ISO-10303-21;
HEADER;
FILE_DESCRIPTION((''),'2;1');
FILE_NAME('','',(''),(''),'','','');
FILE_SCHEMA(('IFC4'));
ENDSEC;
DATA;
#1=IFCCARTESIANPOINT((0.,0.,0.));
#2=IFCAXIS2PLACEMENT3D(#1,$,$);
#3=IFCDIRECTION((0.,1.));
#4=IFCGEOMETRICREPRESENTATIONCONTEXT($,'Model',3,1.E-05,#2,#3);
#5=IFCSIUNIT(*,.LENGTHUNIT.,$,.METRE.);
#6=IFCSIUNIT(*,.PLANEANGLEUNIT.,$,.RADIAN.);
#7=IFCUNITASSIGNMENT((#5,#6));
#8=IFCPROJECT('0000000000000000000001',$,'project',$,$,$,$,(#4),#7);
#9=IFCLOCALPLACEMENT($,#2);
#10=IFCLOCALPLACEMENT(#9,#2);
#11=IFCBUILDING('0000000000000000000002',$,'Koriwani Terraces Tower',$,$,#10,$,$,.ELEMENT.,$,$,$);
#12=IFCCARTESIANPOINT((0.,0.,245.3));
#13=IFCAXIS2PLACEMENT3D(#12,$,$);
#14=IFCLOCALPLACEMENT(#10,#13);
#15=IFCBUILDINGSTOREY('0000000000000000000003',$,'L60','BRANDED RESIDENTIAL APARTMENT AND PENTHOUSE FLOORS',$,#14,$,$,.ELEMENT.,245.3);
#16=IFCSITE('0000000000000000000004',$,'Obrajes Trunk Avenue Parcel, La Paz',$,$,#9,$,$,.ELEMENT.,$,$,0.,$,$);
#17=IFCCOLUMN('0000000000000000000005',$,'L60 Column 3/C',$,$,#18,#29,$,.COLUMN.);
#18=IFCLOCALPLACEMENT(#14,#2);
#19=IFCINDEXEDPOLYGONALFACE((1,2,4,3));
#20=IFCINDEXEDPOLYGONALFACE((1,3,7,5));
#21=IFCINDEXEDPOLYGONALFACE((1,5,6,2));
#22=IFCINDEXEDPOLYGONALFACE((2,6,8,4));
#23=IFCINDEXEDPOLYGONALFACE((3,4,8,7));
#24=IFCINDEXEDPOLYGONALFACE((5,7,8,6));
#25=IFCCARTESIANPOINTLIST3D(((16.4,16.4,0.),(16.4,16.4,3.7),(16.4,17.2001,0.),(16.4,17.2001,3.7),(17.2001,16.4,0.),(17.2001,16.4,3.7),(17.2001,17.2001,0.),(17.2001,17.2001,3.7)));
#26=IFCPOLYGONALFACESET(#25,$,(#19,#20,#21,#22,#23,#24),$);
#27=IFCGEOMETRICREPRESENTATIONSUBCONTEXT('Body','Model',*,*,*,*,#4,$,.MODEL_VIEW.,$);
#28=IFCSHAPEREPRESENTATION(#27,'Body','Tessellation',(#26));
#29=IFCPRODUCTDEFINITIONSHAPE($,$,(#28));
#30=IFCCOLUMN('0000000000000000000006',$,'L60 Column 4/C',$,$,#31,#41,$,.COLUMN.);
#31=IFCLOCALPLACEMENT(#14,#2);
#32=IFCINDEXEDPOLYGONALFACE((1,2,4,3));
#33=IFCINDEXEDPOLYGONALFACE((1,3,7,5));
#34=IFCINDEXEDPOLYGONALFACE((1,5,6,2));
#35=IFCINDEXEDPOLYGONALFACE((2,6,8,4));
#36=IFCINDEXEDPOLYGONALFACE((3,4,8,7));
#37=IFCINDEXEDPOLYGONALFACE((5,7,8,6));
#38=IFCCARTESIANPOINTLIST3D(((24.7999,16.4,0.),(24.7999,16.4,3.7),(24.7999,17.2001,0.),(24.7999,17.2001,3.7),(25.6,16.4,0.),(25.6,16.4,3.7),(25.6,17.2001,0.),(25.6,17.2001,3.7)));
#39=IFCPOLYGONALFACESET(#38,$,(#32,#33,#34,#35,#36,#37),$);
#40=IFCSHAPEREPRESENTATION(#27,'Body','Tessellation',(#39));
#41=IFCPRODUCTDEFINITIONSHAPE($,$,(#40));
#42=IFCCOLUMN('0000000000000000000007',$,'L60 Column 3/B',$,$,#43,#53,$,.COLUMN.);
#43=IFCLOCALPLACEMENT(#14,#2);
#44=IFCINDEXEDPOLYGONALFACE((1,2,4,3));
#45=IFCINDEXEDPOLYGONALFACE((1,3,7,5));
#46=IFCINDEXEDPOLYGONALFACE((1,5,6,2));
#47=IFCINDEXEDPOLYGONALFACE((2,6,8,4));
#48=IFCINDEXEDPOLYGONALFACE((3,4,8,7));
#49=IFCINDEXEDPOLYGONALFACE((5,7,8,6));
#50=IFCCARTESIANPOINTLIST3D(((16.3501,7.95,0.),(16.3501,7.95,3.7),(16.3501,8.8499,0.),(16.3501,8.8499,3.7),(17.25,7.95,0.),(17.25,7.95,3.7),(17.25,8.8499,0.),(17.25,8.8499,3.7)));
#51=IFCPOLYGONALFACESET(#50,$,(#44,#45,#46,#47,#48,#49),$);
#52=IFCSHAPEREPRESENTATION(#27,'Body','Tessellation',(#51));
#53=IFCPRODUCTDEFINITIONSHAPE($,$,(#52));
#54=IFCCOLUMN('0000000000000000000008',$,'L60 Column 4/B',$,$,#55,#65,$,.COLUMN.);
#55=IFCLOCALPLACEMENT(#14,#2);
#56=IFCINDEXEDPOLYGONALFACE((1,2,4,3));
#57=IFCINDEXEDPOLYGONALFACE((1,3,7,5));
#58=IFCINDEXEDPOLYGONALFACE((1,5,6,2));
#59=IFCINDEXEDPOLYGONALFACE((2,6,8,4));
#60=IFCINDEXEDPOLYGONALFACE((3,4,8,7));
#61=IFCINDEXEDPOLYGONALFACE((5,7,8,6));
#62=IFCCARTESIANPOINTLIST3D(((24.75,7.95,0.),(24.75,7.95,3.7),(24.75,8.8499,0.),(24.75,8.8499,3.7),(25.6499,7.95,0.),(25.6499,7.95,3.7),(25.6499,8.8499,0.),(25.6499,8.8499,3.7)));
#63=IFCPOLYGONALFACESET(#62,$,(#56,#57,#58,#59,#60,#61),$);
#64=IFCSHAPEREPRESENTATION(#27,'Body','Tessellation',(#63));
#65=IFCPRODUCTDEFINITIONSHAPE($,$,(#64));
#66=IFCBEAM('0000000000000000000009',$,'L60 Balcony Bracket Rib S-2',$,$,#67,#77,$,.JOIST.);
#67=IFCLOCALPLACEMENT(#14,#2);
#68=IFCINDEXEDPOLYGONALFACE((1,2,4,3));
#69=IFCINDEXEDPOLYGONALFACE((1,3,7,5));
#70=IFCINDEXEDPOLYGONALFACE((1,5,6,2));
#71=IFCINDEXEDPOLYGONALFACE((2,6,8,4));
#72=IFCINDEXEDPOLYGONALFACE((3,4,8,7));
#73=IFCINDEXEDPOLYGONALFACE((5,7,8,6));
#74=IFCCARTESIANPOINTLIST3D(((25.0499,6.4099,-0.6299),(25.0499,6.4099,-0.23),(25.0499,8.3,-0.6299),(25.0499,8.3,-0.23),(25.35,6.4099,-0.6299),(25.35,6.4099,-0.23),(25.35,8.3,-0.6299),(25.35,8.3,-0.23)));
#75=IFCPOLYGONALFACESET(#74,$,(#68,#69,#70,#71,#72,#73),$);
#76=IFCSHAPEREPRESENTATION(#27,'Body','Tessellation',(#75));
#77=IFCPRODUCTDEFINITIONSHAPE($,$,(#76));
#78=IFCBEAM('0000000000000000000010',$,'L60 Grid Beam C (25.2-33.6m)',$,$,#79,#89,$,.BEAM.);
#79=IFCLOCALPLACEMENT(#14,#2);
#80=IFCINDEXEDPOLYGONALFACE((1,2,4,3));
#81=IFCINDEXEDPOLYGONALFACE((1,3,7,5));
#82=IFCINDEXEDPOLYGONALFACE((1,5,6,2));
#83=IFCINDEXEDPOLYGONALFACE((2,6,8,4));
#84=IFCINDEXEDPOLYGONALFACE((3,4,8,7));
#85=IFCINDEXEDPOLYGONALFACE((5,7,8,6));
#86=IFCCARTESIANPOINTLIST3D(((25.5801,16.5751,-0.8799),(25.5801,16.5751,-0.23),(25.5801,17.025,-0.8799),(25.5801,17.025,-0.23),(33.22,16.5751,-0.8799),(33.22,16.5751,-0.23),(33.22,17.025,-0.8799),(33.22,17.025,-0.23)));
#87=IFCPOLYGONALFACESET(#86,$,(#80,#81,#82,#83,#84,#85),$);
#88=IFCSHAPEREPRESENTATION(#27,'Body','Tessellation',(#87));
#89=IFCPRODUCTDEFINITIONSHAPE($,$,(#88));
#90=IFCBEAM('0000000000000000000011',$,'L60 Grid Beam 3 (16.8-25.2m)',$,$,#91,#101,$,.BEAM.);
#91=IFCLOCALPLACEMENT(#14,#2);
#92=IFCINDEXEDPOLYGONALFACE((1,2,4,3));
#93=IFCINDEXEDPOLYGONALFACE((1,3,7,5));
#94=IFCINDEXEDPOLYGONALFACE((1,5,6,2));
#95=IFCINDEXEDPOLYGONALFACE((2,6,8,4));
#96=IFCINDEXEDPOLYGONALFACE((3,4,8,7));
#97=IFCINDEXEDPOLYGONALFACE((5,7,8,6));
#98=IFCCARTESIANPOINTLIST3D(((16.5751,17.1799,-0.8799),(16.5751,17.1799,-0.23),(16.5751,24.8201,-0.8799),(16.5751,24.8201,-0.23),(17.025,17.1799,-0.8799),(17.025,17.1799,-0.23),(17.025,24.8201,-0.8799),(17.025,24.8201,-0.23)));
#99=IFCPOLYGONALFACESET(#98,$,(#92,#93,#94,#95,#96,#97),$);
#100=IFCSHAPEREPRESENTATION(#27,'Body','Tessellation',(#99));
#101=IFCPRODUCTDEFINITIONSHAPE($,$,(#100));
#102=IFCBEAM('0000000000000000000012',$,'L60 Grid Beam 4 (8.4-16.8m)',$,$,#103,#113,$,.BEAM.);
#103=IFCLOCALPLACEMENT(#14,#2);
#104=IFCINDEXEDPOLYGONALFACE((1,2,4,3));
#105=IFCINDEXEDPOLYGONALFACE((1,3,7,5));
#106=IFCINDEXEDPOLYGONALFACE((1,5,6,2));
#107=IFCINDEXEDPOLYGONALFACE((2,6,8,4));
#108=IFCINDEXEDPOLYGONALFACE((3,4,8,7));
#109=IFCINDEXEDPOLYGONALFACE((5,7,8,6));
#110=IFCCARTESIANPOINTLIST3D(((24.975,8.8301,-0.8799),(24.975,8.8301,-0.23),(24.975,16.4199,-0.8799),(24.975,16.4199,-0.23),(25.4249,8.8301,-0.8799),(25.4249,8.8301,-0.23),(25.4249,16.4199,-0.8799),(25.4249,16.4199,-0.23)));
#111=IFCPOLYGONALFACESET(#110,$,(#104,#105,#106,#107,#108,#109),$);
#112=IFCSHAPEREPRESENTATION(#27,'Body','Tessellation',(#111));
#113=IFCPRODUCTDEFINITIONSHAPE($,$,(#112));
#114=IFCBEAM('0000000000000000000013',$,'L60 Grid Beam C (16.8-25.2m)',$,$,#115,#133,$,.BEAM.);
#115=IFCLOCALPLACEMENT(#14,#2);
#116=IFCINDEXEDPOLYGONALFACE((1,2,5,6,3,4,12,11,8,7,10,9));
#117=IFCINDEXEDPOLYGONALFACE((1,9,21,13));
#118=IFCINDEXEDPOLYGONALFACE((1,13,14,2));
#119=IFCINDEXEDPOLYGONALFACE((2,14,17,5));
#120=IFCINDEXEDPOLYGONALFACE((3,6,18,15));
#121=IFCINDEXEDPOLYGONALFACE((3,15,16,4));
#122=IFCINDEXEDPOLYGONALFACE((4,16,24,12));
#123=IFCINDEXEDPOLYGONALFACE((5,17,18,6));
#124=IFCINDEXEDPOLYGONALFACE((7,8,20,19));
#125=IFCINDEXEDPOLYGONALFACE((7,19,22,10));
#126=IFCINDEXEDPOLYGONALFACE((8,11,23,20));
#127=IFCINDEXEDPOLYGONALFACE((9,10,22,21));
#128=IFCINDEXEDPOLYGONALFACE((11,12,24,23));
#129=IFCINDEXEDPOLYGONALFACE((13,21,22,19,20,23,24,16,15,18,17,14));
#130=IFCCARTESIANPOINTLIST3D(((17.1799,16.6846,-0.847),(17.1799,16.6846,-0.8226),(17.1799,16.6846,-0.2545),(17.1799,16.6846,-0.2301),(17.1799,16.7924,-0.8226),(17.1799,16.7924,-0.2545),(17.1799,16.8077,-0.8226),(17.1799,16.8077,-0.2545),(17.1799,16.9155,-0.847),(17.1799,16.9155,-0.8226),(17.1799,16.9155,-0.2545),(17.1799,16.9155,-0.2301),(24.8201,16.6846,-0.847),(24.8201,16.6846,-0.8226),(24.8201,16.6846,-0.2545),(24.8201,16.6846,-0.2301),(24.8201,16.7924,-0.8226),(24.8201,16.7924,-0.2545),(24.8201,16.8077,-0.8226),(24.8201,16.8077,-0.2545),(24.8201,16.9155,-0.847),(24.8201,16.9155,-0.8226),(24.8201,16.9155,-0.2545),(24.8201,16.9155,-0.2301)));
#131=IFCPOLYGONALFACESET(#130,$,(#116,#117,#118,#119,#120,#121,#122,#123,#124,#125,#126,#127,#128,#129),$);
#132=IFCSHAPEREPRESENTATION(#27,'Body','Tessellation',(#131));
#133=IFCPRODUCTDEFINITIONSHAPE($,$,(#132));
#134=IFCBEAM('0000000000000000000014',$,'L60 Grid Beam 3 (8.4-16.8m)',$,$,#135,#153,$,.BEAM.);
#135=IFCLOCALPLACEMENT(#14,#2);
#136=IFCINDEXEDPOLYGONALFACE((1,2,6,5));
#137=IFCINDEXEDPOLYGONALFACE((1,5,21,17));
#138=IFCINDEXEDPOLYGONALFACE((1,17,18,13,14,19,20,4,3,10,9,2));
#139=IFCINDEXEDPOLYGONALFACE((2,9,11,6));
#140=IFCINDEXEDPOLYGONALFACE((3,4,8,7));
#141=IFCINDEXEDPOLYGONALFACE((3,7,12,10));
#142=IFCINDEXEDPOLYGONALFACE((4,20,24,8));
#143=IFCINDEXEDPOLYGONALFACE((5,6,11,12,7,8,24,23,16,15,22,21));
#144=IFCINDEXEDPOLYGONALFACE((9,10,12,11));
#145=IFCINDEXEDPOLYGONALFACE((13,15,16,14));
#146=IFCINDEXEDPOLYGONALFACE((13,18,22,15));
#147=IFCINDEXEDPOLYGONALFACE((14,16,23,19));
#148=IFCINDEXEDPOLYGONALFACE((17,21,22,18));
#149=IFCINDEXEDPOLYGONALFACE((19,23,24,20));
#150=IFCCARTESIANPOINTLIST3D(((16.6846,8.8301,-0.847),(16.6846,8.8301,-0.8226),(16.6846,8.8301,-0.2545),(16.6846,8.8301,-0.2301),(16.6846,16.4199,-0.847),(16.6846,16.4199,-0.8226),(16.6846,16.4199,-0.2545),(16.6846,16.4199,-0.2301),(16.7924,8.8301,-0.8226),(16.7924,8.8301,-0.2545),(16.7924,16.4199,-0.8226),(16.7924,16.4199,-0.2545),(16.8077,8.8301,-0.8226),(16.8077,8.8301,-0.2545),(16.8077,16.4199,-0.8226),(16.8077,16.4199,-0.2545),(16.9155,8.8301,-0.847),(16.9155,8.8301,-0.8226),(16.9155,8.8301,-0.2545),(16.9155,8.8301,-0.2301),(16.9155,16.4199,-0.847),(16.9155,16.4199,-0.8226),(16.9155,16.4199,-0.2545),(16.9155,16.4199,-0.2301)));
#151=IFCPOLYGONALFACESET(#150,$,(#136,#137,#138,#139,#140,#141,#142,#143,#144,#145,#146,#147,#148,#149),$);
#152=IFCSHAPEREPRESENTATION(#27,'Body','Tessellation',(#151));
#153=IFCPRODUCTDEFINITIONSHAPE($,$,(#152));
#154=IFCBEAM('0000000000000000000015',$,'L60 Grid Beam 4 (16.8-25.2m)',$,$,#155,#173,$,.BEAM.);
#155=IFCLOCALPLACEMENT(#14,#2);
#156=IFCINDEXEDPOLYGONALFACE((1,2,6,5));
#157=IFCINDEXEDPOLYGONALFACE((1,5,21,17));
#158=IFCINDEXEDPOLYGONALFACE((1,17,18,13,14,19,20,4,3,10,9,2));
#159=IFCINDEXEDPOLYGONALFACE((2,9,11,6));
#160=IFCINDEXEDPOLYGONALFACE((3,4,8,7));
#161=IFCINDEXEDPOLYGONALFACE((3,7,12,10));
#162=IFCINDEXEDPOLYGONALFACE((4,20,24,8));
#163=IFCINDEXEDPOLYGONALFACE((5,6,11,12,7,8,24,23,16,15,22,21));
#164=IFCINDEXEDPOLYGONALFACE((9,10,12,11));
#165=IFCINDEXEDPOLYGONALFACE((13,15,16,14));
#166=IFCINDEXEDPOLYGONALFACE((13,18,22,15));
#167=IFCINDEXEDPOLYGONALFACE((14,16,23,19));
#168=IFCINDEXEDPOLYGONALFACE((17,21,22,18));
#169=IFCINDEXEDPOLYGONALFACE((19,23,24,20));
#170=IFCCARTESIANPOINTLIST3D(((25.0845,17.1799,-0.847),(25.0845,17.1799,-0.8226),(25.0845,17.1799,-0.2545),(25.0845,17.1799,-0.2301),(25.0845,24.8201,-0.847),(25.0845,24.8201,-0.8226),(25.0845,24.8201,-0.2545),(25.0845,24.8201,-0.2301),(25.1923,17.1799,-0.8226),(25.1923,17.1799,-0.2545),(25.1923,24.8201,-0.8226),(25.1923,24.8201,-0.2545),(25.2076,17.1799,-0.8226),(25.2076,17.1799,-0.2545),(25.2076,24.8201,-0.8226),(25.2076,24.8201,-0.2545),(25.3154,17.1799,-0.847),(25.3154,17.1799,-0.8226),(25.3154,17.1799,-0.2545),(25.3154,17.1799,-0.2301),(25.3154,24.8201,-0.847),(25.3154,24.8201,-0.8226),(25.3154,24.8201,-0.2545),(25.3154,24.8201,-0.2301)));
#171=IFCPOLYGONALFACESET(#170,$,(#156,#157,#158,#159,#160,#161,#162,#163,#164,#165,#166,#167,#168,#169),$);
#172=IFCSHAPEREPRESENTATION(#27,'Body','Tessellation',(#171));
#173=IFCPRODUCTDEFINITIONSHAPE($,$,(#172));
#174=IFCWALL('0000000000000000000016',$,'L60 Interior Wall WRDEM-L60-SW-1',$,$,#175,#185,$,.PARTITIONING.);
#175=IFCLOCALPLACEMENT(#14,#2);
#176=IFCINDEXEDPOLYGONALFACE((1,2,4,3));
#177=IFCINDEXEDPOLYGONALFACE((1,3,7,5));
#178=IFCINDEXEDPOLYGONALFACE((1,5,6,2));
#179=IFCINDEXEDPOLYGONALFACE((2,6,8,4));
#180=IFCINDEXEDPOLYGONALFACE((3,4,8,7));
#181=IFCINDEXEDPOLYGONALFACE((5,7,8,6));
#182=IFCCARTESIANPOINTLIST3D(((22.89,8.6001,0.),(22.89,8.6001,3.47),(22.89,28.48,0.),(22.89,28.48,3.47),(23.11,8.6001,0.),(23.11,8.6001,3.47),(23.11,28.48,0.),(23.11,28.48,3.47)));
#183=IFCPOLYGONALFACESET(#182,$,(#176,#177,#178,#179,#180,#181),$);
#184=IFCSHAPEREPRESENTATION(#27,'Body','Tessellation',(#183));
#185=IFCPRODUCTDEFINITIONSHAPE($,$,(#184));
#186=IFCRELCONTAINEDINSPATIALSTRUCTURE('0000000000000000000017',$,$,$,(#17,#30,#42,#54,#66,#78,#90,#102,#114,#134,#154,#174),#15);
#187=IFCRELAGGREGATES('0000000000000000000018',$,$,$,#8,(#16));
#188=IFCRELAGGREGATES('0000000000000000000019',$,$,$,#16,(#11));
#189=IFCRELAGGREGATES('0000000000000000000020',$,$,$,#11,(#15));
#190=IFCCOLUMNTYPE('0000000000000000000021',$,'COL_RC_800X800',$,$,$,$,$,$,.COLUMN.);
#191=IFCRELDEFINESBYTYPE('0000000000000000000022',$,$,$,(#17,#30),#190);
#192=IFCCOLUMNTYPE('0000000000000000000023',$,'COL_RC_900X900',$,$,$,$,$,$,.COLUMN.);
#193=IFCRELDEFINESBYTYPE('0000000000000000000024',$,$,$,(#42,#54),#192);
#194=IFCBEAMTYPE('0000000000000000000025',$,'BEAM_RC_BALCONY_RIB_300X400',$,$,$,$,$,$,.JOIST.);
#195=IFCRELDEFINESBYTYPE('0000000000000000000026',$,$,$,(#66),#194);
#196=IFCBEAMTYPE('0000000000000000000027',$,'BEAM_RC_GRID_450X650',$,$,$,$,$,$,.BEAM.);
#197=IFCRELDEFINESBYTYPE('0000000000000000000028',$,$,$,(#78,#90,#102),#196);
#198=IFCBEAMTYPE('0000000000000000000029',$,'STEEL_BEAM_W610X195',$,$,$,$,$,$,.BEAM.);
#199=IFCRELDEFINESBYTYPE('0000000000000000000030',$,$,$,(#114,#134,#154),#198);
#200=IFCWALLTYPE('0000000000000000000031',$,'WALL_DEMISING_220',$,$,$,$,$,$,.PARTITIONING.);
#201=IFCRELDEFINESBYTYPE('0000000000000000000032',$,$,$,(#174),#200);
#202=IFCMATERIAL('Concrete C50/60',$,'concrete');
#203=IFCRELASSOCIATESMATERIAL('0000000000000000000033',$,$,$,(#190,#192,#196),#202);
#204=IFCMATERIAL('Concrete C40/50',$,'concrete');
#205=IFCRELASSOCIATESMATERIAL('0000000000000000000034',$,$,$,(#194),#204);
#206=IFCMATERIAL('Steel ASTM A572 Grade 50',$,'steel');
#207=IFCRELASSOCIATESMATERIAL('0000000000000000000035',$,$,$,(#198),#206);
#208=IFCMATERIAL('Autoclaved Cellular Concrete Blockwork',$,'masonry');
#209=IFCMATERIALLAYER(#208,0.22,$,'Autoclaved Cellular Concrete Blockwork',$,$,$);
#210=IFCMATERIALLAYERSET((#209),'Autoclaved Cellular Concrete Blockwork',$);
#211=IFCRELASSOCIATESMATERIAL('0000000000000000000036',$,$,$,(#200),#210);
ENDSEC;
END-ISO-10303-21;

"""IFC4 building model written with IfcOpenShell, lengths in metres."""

from ifc_helpers import new_model, si_unit, direction, frame, frame_2d, origin, origin_2d, place, context, subcontext, project, spatial, rectangle, i_section, extrude, material, layer, layer_set, material_profile, profile_set, type_object, element, save


model = new_model("IFC4")

# Units and contexts
model_context = context("Model", 3, precision=1e-05, world=origin(), true_north=direction((0.0, 1.0)))
body_context = subcontext(model_context, "Body", "Model", "MODEL_VIEW")
ifc_project = project(units=[si_unit("LENGTHUNIT", "METRE"), si_unit("PLANEANGLEUNIT", "RADIAN")], contexts=[model_context])

# Site, building, storey
site_placement = place(None, origin())
site = spatial("IfcSite", under=ifc_project, at=site_placement, Name="Obrajes Trunk Avenue Parcel, La Paz", CompositionType="ELEMENT", RefElevation=0.0)
building_placement = place(site_placement, origin())
building = spatial("IfcBuilding", under=site, at=building_placement, Name="Koriwani Terraces Tower", CompositionType="ELEMENT")
storey_placement = place(building_placement, frame((0.0, 0.0, 245.3)))
storey = spatial("IfcBuildingStorey", under=building, at=storey_placement, Name="L60", Description="BRANDED RESIDENTIAL APARTMENT AND PENTHOUSE FLOORS", CompositionType="ELEMENT", Elevation=245.3)

# Columns
ifc_material_1 = material(Name="Concrete C50/60", Category="concrete")
ifc_material_profile_1 = material_profile(ifc_material_1, rectangle(XDim=0.8, YDim=0.8, at=origin_2d()), Name="Concrete C50/60", Category="LoadBearing")
ifc_profile_set_1 = profile_set([ifc_material_profile_1], Name="Concrete C50/60")
column_type_1 = type_object("IfcColumnType", Name="COL_RC_800X800", PredefinedType="COLUMN", material=ifc_profile_set_1)
for number, where, z_axis, x_axis, name in (
    (1, (16.8, 16.8, 0.0), (0.0, 0.0, 1.0), (1.0, 0.0, 0.0), "L60 Column 3/C"),
    (2, (25.2, 16.8, 0.0), (0.0, 0.0, 1.0), (1.0, 0.0, 0.0), "L60 Column 4/C"),
):
    element("IfcColumn", number, at=place(storey_placement, frame(where, z_axis=z_axis, x_axis=x_axis)), inside=storey, type_object=column_type_1, Name=name, PredefinedType="COLUMN", context=body_context, shape_type="SweptSolid", body=[
        extrude(rectangle(XDim=0.8, YDim=0.8, at=origin_2d()), origin(), (0.0, 0.0, 1.0), 3.7),
    ])
ifc_material_profile_2 = material_profile(ifc_material_1, rectangle(XDim=0.8999, YDim=0.8999, at=origin_2d()), Name="Concrete C50/60", Category="LoadBearing")
ifc_profile_set_2 = profile_set([ifc_material_profile_2], Name="Concrete C50/60")
column_type_2 = type_object("IfcColumnType", Name="COL_RC_900X900", PredefinedType="COLUMN", material=ifc_profile_set_2)
for number, where, z_axis, x_axis, name in (
    (3, (16.8, 8.3999, 0.0), (0.0, 0.0, 1.0), (1.0, 0.0, 0.0), "L60 Column 3/B"),
    (4, (25.2, 8.3999, 0.0), (0.0, 0.0, 1.0), (1.0, 0.0, 0.0), "L60 Column 4/B"),
):
    element("IfcColumn", number, at=place(storey_placement, frame(where, z_axis=z_axis, x_axis=x_axis)), inside=storey, type_object=column_type_2, Name=name, PredefinedType="COLUMN", context=body_context, shape_type="SweptSolid", body=[
        extrude(rectangle(XDim=0.8999, YDim=0.8999, at=origin_2d()), origin(), (0.0, 0.0, 1.0), 3.7),
    ])

# Beams
ifc_material_2 = material(Name="Concrete C40/50", Category="concrete")
ifc_material_profile_3 = material_profile(ifc_material_2, rectangle(XDim=0.3, YDim=0.3999, at=origin_2d()), Name="Concrete C40/50", Category="LoadBearing")
ifc_profile_set_3 = profile_set([ifc_material_profile_3], Name="Concrete C40/50")
beam_type_1 = type_object("IfcBeamType", Name="BEAM_RC_BALCONY_RIB_300X400", PredefinedType="JOIST", material=ifc_profile_set_3)
beam_1_placement = place(storey_placement, frame((25.2, 6.4099, -0.4299), z_axis=(0.0, 1.0, 0.0), x_axis=(-1.0, 0.0, 0.0)))
element("IfcBeam", 5, at=beam_1_placement, inside=storey, type_object=beam_type_1, Name="L60 Balcony Bracket Rib S-2", PredefinedType="JOIST", context=body_context, shape_type="SweptSolid", body=[
    extrude(rectangle(XDim=0.3, YDim=0.3999, at=origin_2d()), origin(), (0.0, 0.0, 1.0), 1.8901),
])
ifc_material_profile_4 = material_profile(ifc_material_1, rectangle(XDim=0.45, YDim=0.6499, at=origin_2d()), Name="Concrete C50/60", Category="LoadBearing")
ifc_profile_set_4 = profile_set([ifc_material_profile_4], Name="Concrete C50/60")
beam_type_2 = type_object("IfcBeamType", Name="BEAM_RC_GRID_450X650", PredefinedType="BEAM", material=ifc_profile_set_4)
beam_2_placement = place(storey_placement, frame((25.5801, 16.8, -0.5549), z_axis=(1.0, 0.0, 0.0), x_axis=(0.0, 1.0, 0.0)))
element("IfcBeam", 6, at=beam_2_placement, inside=storey, type_object=beam_type_2, Name="L60 Grid Beam C (25.2-33.6m)", PredefinedType="BEAM", context=body_context, shape_type="SweptSolid", body=[
    extrude(rectangle(XDim=0.45, YDim=0.6499, at=origin_2d()), origin(), (0.0, 0.0, 1.0), 7.6399),
])
beam_3_placement = place(storey_placement, frame((16.8, 17.1799, -0.5549), z_axis=(0.0, 1.0, 0.0), x_axis=(-1.0, 0.0, 0.0)))
element("IfcBeam", 7, at=beam_3_placement, inside=storey, type_object=beam_type_2, Name="L60 Grid Beam 3 (16.8-25.2m)", PredefinedType="BEAM", context=body_context, shape_type="SweptSolid", body=[
    extrude(rectangle(XDim=0.45, YDim=0.6499, at=origin_2d()), origin(), (0.0, 0.0, 1.0), 7.6401),
])
beam_4_placement = place(storey_placement, frame((25.2, 8.8301, -0.5549), z_axis=(0.0, 1.0, 0.0), x_axis=(-1.0, 0.0, 0.0)))
element("IfcBeam", 8, at=beam_4_placement, inside=storey, type_object=beam_type_2, Name="L60 Grid Beam 4 (8.4-16.8m)", PredefinedType="BEAM", context=body_context, shape_type="SweptSolid", body=[
    extrude(rectangle(XDim=0.45, YDim=0.6499, at=origin_2d()), origin(), (0.0, 0.0, 1.0), 7.5898),
])
ifc_material_3 = material(Name="Steel ASTM A572 Grade 50", Category="steel")
ifc_material_profile_5 = material_profile(ifc_material_3, i_section(OverallWidth=0.231, OverallDepth=0.6169, WebThickness=0.0154, FlangeThickness=0.0244, at=origin_2d()), Name="Steel ASTM A572 Grade 50", Category="LoadBearing")
ifc_profile_set_5 = profile_set([ifc_material_profile_5], Name="Steel ASTM A572 Grade 50")
beam_type_3 = type_object("IfcBeamType", Name="STEEL_BEAM_W610X195", PredefinedType="BEAM", material=ifc_profile_set_5)
beam_5_placement = place(storey_placement, frame((17.1799, 16.8, -0.5386), z_axis=(1.0, 0.0, 0.0), x_axis=(0.0, 1.0, 0.0)))
element("IfcBeam", 9, at=beam_5_placement, inside=storey, type_object=beam_type_3, Name="L60 Grid Beam C (16.8-25.2m)", PredefinedType="BEAM", context=body_context, shape_type="SweptSolid", body=[
    extrude(i_section(OverallWidth=0.231, OverallDepth=0.6169, WebThickness=0.0154, FlangeThickness=0.0244, at=origin_2d()), origin(), (0.0, 0.0, 1.0), 7.6401),
])
beam_6_placement = place(storey_placement, frame((16.8, 8.8301, -0.5386), z_axis=(0.0, 1.0, 0.0), x_axis=(-1.0, 0.0, 0.0)))
element("IfcBeam", 10, at=beam_6_placement, inside=storey, type_object=beam_type_3, Name="L60 Grid Beam 3 (8.4-16.8m)", PredefinedType="BEAM", context=body_context, shape_type="SweptSolid", body=[
    extrude(i_section(OverallWidth=0.231, OverallDepth=0.6169, WebThickness=0.0154, FlangeThickness=0.0244, at=origin_2d()), origin(), (0.0, 0.0, 1.0), 7.5898),
])
beam_7_placement = place(storey_placement, frame((25.2, 17.1799, -0.5386), z_axis=(0.0, 1.0, 0.0), x_axis=(-1.0, 0.0, 0.0)))
element("IfcBeam", 11, at=beam_7_placement, inside=storey, type_object=beam_type_3, Name="L60 Grid Beam 4 (16.8-25.2m)", PredefinedType="BEAM", context=body_context, shape_type="SweptSolid", body=[
    extrude(i_section(OverallWidth=0.231, OverallDepth=0.6169, WebThickness=0.0154, FlangeThickness=0.0244, at=origin_2d()), origin(), (0.0, 0.0, 1.0), 7.6401),
])

# Wall
ifc_material_4 = material(Name="Autoclaved Cellular Concrete Blockwork", Category="masonry")
ifc_layer_1 = layer(ifc_material_4, 0.22, Name="Autoclaved Cellular Concrete Blockwork")
ifc_layer_set_1 = layer_set([ifc_layer_1], Name="Autoclaved Cellular Concrete Blockwork")
wall_type_1 = type_object("IfcWallType", Name="WALL_DEMISING_220", PredefinedType="PARTITIONING", material=ifc_layer_set_1)
for number, where, z_axis, x_axis, name in (
    (12, (23.0, 8.6001, 0.0), (0.0, 0.0, 1.0), (0.0, 1.0, 0.0), "L60 Interior Wall WRDEM-L60-SW-1"),
):
    element("IfcWall", number, at=place(storey_placement, frame(where, z_axis=z_axis, x_axis=x_axis)), inside=storey, type_object=wall_type_1, Name=name, PredefinedType="PARTITIONING", context=body_context, shape_type="SweptSolid", body=[
        extrude(rectangle(XDim=19.8799, YDim=0.22, at=frame_2d((9.9399, 0.0))), origin(), (0.0, 0.0, 1.0), 3.47),
    ])

save(model, "model.ifc")
